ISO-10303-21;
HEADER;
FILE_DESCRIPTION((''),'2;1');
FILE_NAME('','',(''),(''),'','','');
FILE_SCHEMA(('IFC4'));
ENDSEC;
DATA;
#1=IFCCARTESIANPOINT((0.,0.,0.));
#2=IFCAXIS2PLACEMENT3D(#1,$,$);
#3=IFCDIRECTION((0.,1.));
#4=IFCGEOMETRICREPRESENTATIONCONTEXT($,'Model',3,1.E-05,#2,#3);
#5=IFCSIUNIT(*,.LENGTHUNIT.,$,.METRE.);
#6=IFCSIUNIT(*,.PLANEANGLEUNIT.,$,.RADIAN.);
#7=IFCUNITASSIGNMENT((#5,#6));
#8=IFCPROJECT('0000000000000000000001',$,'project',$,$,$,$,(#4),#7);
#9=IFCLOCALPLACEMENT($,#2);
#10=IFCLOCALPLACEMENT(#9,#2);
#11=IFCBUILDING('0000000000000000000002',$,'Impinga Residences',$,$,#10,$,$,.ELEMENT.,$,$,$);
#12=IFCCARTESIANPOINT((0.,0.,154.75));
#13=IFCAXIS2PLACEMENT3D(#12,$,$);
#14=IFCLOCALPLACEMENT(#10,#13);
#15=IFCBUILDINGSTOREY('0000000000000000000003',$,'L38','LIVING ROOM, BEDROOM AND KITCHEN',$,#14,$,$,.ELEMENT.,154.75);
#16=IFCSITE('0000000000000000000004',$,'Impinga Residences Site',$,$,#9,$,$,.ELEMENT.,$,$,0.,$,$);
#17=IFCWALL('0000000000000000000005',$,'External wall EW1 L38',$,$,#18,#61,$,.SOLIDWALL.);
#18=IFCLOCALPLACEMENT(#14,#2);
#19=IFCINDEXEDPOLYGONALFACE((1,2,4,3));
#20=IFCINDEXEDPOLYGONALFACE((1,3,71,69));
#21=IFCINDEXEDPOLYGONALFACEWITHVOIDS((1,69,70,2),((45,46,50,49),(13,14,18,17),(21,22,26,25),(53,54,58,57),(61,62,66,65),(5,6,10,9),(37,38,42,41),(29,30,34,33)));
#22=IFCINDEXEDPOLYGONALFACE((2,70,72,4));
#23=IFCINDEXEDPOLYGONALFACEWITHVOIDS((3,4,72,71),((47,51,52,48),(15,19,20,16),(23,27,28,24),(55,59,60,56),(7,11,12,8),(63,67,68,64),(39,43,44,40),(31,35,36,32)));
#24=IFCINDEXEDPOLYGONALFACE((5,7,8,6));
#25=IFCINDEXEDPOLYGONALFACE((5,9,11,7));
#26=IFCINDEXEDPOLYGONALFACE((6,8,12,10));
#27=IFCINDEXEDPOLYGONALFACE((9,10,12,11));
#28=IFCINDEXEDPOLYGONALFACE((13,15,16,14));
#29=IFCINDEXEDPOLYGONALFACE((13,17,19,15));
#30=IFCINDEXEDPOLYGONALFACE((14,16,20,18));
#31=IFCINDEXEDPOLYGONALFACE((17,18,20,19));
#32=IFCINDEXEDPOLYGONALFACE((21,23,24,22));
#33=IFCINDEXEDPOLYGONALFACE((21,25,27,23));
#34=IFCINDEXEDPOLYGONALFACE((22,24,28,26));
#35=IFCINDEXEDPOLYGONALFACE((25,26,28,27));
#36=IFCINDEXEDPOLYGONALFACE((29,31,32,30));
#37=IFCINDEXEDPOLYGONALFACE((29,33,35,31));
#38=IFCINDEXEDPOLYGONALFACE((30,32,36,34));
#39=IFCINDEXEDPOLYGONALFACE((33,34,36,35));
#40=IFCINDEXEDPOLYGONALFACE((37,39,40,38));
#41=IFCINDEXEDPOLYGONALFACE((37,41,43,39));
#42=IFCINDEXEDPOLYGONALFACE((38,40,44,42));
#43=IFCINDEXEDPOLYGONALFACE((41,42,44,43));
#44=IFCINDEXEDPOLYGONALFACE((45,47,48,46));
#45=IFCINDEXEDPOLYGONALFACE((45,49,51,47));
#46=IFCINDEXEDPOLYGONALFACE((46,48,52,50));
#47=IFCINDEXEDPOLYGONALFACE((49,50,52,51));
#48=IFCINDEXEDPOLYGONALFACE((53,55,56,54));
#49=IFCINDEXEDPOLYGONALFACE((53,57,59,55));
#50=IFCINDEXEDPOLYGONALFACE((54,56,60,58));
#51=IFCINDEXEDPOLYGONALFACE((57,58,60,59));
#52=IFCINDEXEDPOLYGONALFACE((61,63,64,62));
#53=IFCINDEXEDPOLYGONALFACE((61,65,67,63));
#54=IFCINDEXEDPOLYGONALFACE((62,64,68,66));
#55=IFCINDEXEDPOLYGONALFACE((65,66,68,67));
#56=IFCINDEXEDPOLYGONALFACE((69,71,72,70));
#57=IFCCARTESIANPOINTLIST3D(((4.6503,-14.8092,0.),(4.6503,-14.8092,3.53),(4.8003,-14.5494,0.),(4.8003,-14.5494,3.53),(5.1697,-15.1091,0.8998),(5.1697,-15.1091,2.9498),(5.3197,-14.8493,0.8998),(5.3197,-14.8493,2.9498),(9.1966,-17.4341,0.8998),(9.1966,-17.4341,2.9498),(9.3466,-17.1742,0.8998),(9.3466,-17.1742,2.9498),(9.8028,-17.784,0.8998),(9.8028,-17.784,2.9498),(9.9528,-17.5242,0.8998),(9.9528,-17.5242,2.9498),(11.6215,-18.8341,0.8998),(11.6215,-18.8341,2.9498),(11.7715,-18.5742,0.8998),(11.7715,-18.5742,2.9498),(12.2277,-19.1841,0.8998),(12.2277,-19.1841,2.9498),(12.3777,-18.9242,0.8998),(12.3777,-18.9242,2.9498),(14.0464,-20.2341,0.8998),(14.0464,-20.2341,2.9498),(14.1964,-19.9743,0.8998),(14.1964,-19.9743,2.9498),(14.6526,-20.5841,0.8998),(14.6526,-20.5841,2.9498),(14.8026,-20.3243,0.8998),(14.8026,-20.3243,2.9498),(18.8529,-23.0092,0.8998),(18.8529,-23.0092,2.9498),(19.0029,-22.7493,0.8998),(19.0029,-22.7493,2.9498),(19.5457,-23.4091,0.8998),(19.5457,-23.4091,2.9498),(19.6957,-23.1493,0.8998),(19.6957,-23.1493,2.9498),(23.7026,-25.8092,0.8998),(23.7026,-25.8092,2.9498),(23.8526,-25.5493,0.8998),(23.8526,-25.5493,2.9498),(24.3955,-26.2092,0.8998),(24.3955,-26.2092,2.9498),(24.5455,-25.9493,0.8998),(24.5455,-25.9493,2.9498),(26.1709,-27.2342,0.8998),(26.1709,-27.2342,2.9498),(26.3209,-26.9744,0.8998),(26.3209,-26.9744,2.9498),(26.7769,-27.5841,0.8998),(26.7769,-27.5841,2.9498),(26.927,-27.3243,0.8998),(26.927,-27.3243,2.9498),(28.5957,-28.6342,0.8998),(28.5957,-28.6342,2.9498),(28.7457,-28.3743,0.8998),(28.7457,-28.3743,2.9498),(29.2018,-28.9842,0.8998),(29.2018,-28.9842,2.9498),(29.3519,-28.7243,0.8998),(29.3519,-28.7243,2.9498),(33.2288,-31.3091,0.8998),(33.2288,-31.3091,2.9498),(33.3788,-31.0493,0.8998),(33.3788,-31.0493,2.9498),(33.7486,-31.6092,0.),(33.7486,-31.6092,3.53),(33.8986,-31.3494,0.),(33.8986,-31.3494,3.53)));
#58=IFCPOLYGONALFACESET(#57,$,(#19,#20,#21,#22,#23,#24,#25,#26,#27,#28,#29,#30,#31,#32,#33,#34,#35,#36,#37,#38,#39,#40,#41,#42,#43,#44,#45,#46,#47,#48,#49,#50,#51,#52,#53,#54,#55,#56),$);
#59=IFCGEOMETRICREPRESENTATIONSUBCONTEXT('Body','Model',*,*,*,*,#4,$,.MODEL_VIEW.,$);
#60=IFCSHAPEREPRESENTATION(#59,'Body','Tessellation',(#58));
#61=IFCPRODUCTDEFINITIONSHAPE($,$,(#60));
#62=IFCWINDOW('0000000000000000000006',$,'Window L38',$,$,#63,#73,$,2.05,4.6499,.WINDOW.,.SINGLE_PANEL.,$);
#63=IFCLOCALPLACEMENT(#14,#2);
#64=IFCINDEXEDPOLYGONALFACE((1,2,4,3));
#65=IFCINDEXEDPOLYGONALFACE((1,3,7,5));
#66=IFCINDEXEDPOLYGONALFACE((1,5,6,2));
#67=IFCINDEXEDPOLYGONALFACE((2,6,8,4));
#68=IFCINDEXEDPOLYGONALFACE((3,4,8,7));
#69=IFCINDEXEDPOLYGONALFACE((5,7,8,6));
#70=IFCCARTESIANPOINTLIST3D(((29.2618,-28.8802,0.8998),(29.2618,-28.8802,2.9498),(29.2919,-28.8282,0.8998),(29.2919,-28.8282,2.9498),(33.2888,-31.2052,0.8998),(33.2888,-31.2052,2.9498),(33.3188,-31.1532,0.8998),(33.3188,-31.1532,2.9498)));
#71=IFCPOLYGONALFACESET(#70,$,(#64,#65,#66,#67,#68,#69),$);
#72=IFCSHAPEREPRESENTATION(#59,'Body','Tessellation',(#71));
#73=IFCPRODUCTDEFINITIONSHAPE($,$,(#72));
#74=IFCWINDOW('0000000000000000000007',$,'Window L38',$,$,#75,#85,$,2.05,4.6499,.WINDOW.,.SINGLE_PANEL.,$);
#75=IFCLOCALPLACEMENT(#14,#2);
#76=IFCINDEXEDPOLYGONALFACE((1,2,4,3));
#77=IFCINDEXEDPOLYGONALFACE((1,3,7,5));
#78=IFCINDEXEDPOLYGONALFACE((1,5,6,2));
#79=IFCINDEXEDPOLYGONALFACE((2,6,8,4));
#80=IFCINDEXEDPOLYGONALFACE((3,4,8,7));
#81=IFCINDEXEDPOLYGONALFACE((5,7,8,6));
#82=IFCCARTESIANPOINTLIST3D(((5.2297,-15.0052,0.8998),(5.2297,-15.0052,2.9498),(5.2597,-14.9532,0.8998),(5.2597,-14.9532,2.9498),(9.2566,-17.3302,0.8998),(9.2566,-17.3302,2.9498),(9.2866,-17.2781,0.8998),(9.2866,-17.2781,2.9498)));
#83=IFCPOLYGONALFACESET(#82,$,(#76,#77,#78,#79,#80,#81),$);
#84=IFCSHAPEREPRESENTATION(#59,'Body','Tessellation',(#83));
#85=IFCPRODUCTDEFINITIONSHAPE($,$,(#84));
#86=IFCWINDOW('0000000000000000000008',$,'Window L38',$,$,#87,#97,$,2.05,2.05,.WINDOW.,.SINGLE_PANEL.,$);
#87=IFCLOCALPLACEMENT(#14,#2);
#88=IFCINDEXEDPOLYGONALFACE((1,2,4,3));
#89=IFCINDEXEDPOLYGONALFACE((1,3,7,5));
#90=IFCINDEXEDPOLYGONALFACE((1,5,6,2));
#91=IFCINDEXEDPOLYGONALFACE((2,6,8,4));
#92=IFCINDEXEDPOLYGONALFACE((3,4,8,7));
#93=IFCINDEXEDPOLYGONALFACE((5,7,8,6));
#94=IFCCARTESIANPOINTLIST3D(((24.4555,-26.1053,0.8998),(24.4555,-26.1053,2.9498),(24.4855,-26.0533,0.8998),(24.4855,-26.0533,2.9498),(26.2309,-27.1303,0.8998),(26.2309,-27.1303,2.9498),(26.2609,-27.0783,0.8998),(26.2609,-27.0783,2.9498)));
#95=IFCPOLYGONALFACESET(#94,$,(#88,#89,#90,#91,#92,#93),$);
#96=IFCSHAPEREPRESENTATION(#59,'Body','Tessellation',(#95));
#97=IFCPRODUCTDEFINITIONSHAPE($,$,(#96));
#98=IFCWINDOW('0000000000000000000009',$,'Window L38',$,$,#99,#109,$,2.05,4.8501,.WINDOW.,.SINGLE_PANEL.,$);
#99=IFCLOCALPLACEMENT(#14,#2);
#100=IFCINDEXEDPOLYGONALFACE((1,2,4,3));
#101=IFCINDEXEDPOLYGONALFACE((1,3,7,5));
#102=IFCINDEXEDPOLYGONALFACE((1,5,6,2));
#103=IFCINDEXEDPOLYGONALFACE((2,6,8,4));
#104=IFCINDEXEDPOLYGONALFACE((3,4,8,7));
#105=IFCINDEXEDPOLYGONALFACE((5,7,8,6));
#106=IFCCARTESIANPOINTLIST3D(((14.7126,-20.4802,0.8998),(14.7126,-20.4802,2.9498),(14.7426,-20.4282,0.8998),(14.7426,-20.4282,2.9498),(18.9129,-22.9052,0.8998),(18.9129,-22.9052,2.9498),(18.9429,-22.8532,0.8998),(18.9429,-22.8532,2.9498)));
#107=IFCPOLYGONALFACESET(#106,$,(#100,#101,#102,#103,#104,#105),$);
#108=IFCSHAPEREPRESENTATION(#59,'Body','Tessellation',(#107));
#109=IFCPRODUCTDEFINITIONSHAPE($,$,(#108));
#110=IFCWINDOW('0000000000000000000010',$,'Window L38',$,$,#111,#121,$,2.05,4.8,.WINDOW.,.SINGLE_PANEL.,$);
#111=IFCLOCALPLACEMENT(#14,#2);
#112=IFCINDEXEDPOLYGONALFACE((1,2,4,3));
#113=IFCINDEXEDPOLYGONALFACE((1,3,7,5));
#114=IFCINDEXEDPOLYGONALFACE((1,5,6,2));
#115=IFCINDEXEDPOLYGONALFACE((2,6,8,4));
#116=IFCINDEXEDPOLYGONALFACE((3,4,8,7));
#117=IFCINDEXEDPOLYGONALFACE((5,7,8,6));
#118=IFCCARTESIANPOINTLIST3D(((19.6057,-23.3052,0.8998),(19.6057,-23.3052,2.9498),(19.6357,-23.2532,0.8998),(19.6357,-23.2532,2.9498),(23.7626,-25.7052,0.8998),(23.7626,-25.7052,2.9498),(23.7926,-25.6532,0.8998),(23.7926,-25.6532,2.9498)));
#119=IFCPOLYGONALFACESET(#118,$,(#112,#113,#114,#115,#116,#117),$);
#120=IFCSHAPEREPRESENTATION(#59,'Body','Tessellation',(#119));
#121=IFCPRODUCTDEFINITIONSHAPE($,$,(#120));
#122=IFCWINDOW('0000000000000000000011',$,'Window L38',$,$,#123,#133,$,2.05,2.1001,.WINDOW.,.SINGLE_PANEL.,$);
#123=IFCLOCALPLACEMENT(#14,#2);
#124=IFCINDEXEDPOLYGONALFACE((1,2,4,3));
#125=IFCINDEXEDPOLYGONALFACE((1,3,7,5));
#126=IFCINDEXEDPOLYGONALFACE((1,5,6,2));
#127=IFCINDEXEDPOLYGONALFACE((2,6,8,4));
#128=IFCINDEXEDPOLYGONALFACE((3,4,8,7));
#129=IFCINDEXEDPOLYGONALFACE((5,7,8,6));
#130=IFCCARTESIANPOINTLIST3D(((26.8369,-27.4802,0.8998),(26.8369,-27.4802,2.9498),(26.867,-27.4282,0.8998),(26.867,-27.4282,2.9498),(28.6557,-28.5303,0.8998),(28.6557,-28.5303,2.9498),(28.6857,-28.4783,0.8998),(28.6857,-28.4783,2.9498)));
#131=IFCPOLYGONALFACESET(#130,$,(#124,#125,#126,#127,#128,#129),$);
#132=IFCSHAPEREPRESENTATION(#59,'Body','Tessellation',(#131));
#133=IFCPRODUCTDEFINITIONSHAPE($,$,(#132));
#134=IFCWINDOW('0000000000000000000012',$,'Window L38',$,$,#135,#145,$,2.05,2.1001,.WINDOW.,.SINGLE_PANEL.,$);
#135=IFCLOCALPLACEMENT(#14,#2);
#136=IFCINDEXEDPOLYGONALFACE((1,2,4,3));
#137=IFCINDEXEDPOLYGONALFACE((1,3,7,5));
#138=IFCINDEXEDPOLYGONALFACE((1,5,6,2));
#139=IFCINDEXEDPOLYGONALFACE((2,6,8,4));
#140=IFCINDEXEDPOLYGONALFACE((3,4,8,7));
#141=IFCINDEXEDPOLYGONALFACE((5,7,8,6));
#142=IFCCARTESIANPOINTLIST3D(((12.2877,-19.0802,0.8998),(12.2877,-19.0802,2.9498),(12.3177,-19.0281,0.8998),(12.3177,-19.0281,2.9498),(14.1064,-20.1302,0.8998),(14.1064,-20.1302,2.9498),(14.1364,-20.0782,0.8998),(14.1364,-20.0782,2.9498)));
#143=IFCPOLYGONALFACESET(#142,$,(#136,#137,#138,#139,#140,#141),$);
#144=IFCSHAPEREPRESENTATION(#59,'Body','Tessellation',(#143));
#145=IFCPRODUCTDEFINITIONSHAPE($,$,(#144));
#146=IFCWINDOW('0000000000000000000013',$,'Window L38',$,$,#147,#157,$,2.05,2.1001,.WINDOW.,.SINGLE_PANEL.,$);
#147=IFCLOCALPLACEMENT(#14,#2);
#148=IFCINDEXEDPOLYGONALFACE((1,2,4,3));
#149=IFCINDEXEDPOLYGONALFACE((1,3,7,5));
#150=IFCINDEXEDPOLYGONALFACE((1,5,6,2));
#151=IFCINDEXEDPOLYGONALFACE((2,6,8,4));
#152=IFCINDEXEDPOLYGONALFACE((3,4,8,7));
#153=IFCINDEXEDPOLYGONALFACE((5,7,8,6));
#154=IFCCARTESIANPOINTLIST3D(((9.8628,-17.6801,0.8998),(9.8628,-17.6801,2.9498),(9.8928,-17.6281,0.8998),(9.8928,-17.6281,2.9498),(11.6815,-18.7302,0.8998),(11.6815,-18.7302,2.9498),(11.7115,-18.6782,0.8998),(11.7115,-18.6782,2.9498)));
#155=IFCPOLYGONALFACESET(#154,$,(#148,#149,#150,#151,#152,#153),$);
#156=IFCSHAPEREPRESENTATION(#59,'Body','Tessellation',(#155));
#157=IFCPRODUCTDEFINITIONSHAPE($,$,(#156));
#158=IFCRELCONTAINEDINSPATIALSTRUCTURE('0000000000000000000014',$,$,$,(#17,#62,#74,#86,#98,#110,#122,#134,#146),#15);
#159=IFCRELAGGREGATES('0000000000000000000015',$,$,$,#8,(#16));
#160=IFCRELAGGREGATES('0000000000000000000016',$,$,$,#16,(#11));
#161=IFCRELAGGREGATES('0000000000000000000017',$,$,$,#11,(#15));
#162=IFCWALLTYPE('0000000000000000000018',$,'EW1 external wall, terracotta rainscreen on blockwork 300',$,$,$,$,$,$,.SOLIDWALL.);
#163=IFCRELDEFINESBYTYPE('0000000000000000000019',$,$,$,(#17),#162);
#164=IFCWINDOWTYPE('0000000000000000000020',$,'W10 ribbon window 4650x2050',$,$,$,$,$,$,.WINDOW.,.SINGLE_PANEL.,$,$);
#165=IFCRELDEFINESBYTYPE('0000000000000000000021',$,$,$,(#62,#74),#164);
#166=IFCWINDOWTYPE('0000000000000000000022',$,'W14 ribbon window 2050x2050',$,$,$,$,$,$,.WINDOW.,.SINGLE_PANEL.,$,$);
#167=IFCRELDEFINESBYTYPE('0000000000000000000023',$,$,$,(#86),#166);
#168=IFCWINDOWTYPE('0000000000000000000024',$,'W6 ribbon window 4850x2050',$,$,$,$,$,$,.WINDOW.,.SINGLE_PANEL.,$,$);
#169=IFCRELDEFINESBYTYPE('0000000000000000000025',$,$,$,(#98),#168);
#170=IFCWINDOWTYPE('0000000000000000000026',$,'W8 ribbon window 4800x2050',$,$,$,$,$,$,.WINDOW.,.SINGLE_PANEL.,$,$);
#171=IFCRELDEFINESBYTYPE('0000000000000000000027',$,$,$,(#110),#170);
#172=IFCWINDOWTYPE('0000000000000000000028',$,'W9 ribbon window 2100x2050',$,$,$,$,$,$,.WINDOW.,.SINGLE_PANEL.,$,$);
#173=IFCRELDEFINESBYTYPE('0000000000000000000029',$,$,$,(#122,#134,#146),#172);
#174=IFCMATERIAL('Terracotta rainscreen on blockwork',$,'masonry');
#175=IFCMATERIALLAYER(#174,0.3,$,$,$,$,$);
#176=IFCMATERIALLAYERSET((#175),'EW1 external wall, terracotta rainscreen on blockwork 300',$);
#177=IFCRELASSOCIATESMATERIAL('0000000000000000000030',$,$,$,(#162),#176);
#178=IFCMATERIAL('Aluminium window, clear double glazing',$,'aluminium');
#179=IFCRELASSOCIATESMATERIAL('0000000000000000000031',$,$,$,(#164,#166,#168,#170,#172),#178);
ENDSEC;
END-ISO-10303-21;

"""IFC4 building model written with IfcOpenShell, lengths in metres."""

from ifc_helpers import new_model, si_unit, direction, frame, frame_2d, origin, place, context, subcontext, project, spatial, rectangle, extrude, material, layer, layer_set, type_object, element, fill, save


model = new_model("IFC4")

# Units and contexts
model_context = context("Model", 3, precision=1e-05, world=origin(), true_north=direction((0.0, 1.0)))
body_context = subcontext(model_context, "Body", "Model", "MODEL_VIEW")
ifc_project = project(units=[si_unit("LENGTHUNIT", "METRE"), si_unit("PLANEANGLEUNIT", "RADIAN")], contexts=[model_context])

# Site, building, storey
site_placement = place(None, origin())
site = spatial("IfcSite", under=ifc_project, at=site_placement, Name="Impinga Residences Site", CompositionType="ELEMENT", RefElevation=0.0)
building_placement = place(site_placement, origin())
building = spatial("IfcBuilding", under=site, at=building_placement, Name="Impinga Residences", CompositionType="ELEMENT")
storey_placement = place(building_placement, frame((0.0, 0.0, 154.75)))
storey = spatial("IfcBuildingStorey", under=building, at=storey_placement, Name="L38", Description="LIVING ROOM, BEDROOM AND KITCHEN", CompositionType="ELEMENT", Elevation=154.75)

# Wall, openings, windows
ifc_material_1 = material(Name="Terracotta rainscreen on blockwork", Category="masonry")
ifc_layer_1 = layer(ifc_material_1, 0.3)
ifc_layer_set_1 = layer_set([ifc_layer_1], Name="EW1 external wall, terracotta rainscreen on blockwork 300")
wall_type_1 = type_object("IfcWallType", Name="EW1 external wall, terracotta rainscreen on blockwork 300", PredefinedType="SOLIDWALL", material=ifc_layer_set_1)
wall_1_placement = place(storey_placement, frame((33.8235, -31.4792, 0.0), z_axis=(0.0, 0.0, 1.0), x_axis=(-0.866024, 0.500002, 0.0)))
wall_1 = element("IfcWall", 1, at=wall_1_placement, inside=storey, type_object=wall_type_1, Name="External wall EW1 L38", PredefinedType="SOLIDWALL", context=body_context, shape_type="SweptSolid", body=[
    extrude(rectangle(XDim=33.5999, YDim=0.3, at=frame_2d((16.7998, 0.0))), origin(), (0.0, 0.0, 1.0), 3.53),
])
opening_1_placement = place(wall_1_placement, frame((0.6001, 0.0, 0.8999)))
opening_1 = element("IfcOpeningElement", 2, at=opening_1_placement, cuts=wall_1, PredefinedType="OPENING", context=body_context, shape_type="SweptSolid", body=[
    extrude(rectangle(XDim=4.6499, YDim=2.05, at=frame_2d((2.325, 1.0249))), frame((0.0, 0.1599, 0.0), z_axis=(0.0, -1.0, 0.0), x_axis=(1.0, 0.0, 0.0)), (0.0, 0.0, 1.0), 0.3201),
])
opening_2_placement = place(wall_1_placement, frame((5.95, 0.0, 0.8999)))
opening_2 = element("IfcOpeningElement", 3, at=opening_2_placement, cuts=wall_1, PredefinedType="OPENING", context=body_context, shape_type="SweptSolid", body=[
    extrude(rectangle(XDim=2.1001, YDim=2.05, at=frame_2d((1.05, 1.0249))), frame((0.0, 0.1599, 0.0), z_axis=(0.0, -1.0, 0.0), x_axis=(1.0, 0.0, 0.0)), (0.0, 0.0, 1.0), 0.3201),
])
opening_3_placement = place(wall_1_placement, frame((8.75, 0.0, 0.8999)))
opening_3 = element("IfcOpeningElement", 4, at=opening_3_placement, cuts=wall_1, PredefinedType="OPENING", context=body_context, shape_type="SweptSolid", body=[
    extrude(rectangle(XDim=2.05, YDim=2.05, at=frame_2d((1.0249, 1.0249))), frame((0.0, 0.1599, 0.0), z_axis=(0.0, -1.0, 0.0), x_axis=(1.0, 0.0, 0.0)), (0.0, 0.0, 1.0), 0.3201),
])
opening_4_placement = place(wall_1_placement, frame((11.6001, 0.0, 0.8999)))
opening_4 = element("IfcOpeningElement", 5, at=opening_4_placement, cuts=wall_1, PredefinedType="OPENING", context=body_context, shape_type="SweptSolid", body=[
    extrude(rectangle(XDim=4.8, YDim=2.05, at=frame_2d((2.3999, 1.0249))), frame((0.0, 0.1599, 0.0), z_axis=(0.0, -1.0, 0.0), x_axis=(1.0, 0.0, 0.0)), (0.0, 0.0, 1.0), 0.3201),
])
opening_5_placement = place(wall_1_placement, frame((17.2, 0.0, 0.8999)))
opening_5 = element("IfcOpeningElement", 6, at=opening_5_placement, cuts=wall_1, PredefinedType="OPENING", context=body_context, shape_type="SweptSolid", body=[
    extrude(rectangle(XDim=4.8501, YDim=2.05, at=frame_2d((2.425, 1.0249))), frame((0.0, 0.1599, 0.0), z_axis=(0.0, -1.0, 0.0), x_axis=(1.0, 0.0, 0.0)), (0.0, 0.0, 1.0), 0.3201),
])
opening_6_placement = place(wall_1_placement, frame((22.75, 0.0, 0.8999)))
opening_6 = element("IfcOpeningElement", 7, at=opening_6_placement, cuts=wall_1, PredefinedType="OPENING", context=body_context, shape_type="SweptSolid", body=[
    extrude(rectangle(XDim=2.1001, YDim=2.05, at=frame_2d((1.05, 1.0249))), frame((0.0, 0.1599, 0.0), z_axis=(0.0, -1.0, 0.0), x_axis=(1.0, 0.0, 0.0)), (0.0, 0.0, 1.0), 0.3201),
])
opening_7_placement = place(wall_1_placement, frame((25.55, 0.0, 0.8999)))
opening_7 = element("IfcOpeningElement", 8, at=opening_7_placement, cuts=wall_1, PredefinedType="OPENING", context=body_context, shape_type="SweptSolid", body=[
    extrude(rectangle(XDim=2.1001, YDim=2.05, at=frame_2d((1.05, 1.0249))), frame((0.0, 0.1599, 0.0), z_axis=(0.0, -1.0, 0.0), x_axis=(1.0, 0.0, 0.0)), (0.0, 0.0, 1.0), 0.3201),
])
opening_8_placement = place(wall_1_placement, frame((28.3501, 0.0, 0.8999)))
opening_8 = element("IfcOpeningElement", 9, at=opening_8_placement, cuts=wall_1, PredefinedType="OPENING", context=body_context, shape_type="SweptSolid", body=[
    extrude(rectangle(XDim=4.6499, YDim=2.05, at=frame_2d((2.325, 1.0249))), frame((0.0, 0.1599, 0.0), z_axis=(0.0, -1.0, 0.0), x_axis=(1.0, 0.0, 0.0)), (0.0, 0.0, 1.0), 0.3201),
])
ifc_material_2 = material(Name="Aluminium window, clear double glazing", Category="aluminium")
window_type_1 = type_object("IfcWindowType", Name="W10 ribbon window 4650x2050", PartitioningType="SINGLE_PANEL", PredefinedType="WINDOW", material=ifc_material_2)
window_1_placement = place(opening_1_placement, origin())
window_1 = element("IfcWindow", 10, at=window_1_placement, inside=storey, type_object=window_type_1, Name="Window L38", OverallHeight=2.05, OverallWidth=4.6499, PartitioningType="SINGLE_PANEL", PredefinedType="WINDOW", context=body_context, shape_type="SweptSolid", body=[
    extrude(rectangle(XDim=4.6499, YDim=2.05, at=frame_2d((2.325, 1.0249))), frame((0.0, 0.03, 0.0), z_axis=(0.0, -1.0, 0.0), x_axis=(1.0, 0.0, 0.0)), (0.0, 0.0, 1.0), 0.0601),
])
fill(opening_1, window_1)
window_2_placement = place(opening_8_placement, origin())
window_2 = element("IfcWindow", 11, at=window_2_placement, inside=storey, type_object=window_type_1, Name="Window L38", OverallHeight=2.05, OverallWidth=4.6499, PartitioningType="SINGLE_PANEL", PredefinedType="WINDOW", context=body_context, shape_type="SweptSolid", body=[
    extrude(rectangle(XDim=4.6499, YDim=2.05, at=frame_2d((2.325, 1.0249))), frame((0.0, 0.03, 0.0), z_axis=(0.0, -1.0, 0.0), x_axis=(1.0, 0.0, 0.0)), (0.0, 0.0, 1.0), 0.0601),
])
fill(opening_8, window_2)
window_type_2 = type_object("IfcWindowType", Name="W14 ribbon window 2050x2050", PartitioningType="SINGLE_PANEL", PredefinedType="WINDOW", material=ifc_material_2)
window_3_placement = place(opening_3_placement, origin())
window_3 = element("IfcWindow", 12, at=window_3_placement, inside=storey, type_object=window_type_2, Name="Window L38", OverallHeight=2.05, OverallWidth=2.05, PartitioningType="SINGLE_PANEL", PredefinedType="WINDOW", context=body_context, shape_type="SweptSolid", body=[
    extrude(rectangle(XDim=2.05, YDim=2.05, at=frame_2d((1.0249, 1.0249))), frame((0.0, 0.03, 0.0), z_axis=(0.0, -1.0, 0.0), x_axis=(1.0, 0.0, 0.0)), (0.0, 0.0, 1.0), 0.0601),
])
fill(opening_3, window_3)
window_type_3 = type_object("IfcWindowType", Name="W6 ribbon window 4850x2050", PartitioningType="SINGLE_PANEL", PredefinedType="WINDOW", material=ifc_material_2)
window_4_placement = place(opening_5_placement, origin())
window_4 = element("IfcWindow", 13, at=window_4_placement, inside=storey, type_object=window_type_3, Name="Window L38", OverallHeight=2.05, OverallWidth=4.8501, PartitioningType="SINGLE_PANEL", PredefinedType="WINDOW", context=body_context, shape_type="SweptSolid", body=[
    extrude(rectangle(XDim=4.8501, YDim=2.05, at=frame_2d((2.425, 1.0249))), frame((0.0, 0.03, 0.0), z_axis=(0.0, -1.0, 0.0), x_axis=(1.0, 0.0, 0.0)), (0.0, 0.0, 1.0), 0.0601),
])
fill(opening_5, window_4)
window_type_4 = type_object("IfcWindowType", Name="W8 ribbon window 4800x2050", PartitioningType="SINGLE_PANEL", PredefinedType="WINDOW", material=ifc_material_2)
window_5_placement = place(opening_4_placement, origin())
window_5 = element("IfcWindow", 14, at=window_5_placement, inside=storey, type_object=window_type_4, Name="Window L38", OverallHeight=2.05, OverallWidth=4.8, PartitioningType="SINGLE_PANEL", PredefinedType="WINDOW", context=body_context, shape_type="SweptSolid", body=[
    extrude(rectangle(XDim=4.8, YDim=2.05, at=frame_2d((2.3999, 1.0249))), frame((0.0, 0.03, 0.0), z_axis=(0.0, -1.0, 0.0), x_axis=(1.0, 0.0, 0.0)), (0.0, 0.0, 1.0), 0.0601),
])
fill(opening_4, window_5)
window_type_5 = type_object("IfcWindowType", Name="W9 ribbon window 2100x2050", PartitioningType="SINGLE_PANEL", PredefinedType="WINDOW", material=ifc_material_2)
window_6_placement = place(opening_2_placement, origin())
window_6 = element("IfcWindow", 15, at=window_6_placement, inside=storey, type_object=window_type_5, Name="Window L38", OverallHeight=2.05, OverallWidth=2.1001, PartitioningType="SINGLE_PANEL", PredefinedType="WINDOW", context=body_context, shape_type="SweptSolid", body=[
    extrude(rectangle(XDim=2.1001, YDim=2.05, at=frame_2d((1.05, 1.0249))), frame((0.0, 0.03, 0.0), z_axis=(0.0, -1.0, 0.0), x_axis=(1.0, 0.0, 0.0)), (0.0, 0.0, 1.0), 0.0601),
])
fill(opening_2, window_6)
window_7_placement = place(opening_6_placement, origin())
window_7 = element("IfcWindow", 16, at=window_7_placement, inside=storey, type_object=window_type_5, Name="Window L38", OverallHeight=2.05, OverallWidth=2.1001, PartitioningType="SINGLE_PANEL", PredefinedType="WINDOW", context=body_context, shape_type="SweptSolid", body=[
    extrude(rectangle(XDim=2.1001, YDim=2.05, at=frame_2d((1.05, 1.0249))), frame((0.0, 0.03, 0.0), z_axis=(0.0, -1.0, 0.0), x_axis=(1.0, 0.0, 0.0)), (0.0, 0.0, 1.0), 0.0601),
])
fill(opening_6, window_7)
window_8_placement = place(opening_7_placement, origin())
window_8 = element("IfcWindow", 17, at=window_8_placement, inside=storey, type_object=window_type_5, Name="Window L38", OverallHeight=2.05, OverallWidth=2.1001, PartitioningType="SINGLE_PANEL", PredefinedType="WINDOW", context=body_context, shape_type="SweptSolid", body=[
    extrude(rectangle(XDim=2.1001, YDim=2.05, at=frame_2d((1.05, 1.0249))), frame((0.0, 0.03, 0.0), z_axis=(0.0, -1.0, 0.0), x_axis=(1.0, 0.0, 0.0)), (0.0, 0.0, 1.0), 0.0601),
])
fill(opening_7, window_8)

save(model, "model.ifc")
